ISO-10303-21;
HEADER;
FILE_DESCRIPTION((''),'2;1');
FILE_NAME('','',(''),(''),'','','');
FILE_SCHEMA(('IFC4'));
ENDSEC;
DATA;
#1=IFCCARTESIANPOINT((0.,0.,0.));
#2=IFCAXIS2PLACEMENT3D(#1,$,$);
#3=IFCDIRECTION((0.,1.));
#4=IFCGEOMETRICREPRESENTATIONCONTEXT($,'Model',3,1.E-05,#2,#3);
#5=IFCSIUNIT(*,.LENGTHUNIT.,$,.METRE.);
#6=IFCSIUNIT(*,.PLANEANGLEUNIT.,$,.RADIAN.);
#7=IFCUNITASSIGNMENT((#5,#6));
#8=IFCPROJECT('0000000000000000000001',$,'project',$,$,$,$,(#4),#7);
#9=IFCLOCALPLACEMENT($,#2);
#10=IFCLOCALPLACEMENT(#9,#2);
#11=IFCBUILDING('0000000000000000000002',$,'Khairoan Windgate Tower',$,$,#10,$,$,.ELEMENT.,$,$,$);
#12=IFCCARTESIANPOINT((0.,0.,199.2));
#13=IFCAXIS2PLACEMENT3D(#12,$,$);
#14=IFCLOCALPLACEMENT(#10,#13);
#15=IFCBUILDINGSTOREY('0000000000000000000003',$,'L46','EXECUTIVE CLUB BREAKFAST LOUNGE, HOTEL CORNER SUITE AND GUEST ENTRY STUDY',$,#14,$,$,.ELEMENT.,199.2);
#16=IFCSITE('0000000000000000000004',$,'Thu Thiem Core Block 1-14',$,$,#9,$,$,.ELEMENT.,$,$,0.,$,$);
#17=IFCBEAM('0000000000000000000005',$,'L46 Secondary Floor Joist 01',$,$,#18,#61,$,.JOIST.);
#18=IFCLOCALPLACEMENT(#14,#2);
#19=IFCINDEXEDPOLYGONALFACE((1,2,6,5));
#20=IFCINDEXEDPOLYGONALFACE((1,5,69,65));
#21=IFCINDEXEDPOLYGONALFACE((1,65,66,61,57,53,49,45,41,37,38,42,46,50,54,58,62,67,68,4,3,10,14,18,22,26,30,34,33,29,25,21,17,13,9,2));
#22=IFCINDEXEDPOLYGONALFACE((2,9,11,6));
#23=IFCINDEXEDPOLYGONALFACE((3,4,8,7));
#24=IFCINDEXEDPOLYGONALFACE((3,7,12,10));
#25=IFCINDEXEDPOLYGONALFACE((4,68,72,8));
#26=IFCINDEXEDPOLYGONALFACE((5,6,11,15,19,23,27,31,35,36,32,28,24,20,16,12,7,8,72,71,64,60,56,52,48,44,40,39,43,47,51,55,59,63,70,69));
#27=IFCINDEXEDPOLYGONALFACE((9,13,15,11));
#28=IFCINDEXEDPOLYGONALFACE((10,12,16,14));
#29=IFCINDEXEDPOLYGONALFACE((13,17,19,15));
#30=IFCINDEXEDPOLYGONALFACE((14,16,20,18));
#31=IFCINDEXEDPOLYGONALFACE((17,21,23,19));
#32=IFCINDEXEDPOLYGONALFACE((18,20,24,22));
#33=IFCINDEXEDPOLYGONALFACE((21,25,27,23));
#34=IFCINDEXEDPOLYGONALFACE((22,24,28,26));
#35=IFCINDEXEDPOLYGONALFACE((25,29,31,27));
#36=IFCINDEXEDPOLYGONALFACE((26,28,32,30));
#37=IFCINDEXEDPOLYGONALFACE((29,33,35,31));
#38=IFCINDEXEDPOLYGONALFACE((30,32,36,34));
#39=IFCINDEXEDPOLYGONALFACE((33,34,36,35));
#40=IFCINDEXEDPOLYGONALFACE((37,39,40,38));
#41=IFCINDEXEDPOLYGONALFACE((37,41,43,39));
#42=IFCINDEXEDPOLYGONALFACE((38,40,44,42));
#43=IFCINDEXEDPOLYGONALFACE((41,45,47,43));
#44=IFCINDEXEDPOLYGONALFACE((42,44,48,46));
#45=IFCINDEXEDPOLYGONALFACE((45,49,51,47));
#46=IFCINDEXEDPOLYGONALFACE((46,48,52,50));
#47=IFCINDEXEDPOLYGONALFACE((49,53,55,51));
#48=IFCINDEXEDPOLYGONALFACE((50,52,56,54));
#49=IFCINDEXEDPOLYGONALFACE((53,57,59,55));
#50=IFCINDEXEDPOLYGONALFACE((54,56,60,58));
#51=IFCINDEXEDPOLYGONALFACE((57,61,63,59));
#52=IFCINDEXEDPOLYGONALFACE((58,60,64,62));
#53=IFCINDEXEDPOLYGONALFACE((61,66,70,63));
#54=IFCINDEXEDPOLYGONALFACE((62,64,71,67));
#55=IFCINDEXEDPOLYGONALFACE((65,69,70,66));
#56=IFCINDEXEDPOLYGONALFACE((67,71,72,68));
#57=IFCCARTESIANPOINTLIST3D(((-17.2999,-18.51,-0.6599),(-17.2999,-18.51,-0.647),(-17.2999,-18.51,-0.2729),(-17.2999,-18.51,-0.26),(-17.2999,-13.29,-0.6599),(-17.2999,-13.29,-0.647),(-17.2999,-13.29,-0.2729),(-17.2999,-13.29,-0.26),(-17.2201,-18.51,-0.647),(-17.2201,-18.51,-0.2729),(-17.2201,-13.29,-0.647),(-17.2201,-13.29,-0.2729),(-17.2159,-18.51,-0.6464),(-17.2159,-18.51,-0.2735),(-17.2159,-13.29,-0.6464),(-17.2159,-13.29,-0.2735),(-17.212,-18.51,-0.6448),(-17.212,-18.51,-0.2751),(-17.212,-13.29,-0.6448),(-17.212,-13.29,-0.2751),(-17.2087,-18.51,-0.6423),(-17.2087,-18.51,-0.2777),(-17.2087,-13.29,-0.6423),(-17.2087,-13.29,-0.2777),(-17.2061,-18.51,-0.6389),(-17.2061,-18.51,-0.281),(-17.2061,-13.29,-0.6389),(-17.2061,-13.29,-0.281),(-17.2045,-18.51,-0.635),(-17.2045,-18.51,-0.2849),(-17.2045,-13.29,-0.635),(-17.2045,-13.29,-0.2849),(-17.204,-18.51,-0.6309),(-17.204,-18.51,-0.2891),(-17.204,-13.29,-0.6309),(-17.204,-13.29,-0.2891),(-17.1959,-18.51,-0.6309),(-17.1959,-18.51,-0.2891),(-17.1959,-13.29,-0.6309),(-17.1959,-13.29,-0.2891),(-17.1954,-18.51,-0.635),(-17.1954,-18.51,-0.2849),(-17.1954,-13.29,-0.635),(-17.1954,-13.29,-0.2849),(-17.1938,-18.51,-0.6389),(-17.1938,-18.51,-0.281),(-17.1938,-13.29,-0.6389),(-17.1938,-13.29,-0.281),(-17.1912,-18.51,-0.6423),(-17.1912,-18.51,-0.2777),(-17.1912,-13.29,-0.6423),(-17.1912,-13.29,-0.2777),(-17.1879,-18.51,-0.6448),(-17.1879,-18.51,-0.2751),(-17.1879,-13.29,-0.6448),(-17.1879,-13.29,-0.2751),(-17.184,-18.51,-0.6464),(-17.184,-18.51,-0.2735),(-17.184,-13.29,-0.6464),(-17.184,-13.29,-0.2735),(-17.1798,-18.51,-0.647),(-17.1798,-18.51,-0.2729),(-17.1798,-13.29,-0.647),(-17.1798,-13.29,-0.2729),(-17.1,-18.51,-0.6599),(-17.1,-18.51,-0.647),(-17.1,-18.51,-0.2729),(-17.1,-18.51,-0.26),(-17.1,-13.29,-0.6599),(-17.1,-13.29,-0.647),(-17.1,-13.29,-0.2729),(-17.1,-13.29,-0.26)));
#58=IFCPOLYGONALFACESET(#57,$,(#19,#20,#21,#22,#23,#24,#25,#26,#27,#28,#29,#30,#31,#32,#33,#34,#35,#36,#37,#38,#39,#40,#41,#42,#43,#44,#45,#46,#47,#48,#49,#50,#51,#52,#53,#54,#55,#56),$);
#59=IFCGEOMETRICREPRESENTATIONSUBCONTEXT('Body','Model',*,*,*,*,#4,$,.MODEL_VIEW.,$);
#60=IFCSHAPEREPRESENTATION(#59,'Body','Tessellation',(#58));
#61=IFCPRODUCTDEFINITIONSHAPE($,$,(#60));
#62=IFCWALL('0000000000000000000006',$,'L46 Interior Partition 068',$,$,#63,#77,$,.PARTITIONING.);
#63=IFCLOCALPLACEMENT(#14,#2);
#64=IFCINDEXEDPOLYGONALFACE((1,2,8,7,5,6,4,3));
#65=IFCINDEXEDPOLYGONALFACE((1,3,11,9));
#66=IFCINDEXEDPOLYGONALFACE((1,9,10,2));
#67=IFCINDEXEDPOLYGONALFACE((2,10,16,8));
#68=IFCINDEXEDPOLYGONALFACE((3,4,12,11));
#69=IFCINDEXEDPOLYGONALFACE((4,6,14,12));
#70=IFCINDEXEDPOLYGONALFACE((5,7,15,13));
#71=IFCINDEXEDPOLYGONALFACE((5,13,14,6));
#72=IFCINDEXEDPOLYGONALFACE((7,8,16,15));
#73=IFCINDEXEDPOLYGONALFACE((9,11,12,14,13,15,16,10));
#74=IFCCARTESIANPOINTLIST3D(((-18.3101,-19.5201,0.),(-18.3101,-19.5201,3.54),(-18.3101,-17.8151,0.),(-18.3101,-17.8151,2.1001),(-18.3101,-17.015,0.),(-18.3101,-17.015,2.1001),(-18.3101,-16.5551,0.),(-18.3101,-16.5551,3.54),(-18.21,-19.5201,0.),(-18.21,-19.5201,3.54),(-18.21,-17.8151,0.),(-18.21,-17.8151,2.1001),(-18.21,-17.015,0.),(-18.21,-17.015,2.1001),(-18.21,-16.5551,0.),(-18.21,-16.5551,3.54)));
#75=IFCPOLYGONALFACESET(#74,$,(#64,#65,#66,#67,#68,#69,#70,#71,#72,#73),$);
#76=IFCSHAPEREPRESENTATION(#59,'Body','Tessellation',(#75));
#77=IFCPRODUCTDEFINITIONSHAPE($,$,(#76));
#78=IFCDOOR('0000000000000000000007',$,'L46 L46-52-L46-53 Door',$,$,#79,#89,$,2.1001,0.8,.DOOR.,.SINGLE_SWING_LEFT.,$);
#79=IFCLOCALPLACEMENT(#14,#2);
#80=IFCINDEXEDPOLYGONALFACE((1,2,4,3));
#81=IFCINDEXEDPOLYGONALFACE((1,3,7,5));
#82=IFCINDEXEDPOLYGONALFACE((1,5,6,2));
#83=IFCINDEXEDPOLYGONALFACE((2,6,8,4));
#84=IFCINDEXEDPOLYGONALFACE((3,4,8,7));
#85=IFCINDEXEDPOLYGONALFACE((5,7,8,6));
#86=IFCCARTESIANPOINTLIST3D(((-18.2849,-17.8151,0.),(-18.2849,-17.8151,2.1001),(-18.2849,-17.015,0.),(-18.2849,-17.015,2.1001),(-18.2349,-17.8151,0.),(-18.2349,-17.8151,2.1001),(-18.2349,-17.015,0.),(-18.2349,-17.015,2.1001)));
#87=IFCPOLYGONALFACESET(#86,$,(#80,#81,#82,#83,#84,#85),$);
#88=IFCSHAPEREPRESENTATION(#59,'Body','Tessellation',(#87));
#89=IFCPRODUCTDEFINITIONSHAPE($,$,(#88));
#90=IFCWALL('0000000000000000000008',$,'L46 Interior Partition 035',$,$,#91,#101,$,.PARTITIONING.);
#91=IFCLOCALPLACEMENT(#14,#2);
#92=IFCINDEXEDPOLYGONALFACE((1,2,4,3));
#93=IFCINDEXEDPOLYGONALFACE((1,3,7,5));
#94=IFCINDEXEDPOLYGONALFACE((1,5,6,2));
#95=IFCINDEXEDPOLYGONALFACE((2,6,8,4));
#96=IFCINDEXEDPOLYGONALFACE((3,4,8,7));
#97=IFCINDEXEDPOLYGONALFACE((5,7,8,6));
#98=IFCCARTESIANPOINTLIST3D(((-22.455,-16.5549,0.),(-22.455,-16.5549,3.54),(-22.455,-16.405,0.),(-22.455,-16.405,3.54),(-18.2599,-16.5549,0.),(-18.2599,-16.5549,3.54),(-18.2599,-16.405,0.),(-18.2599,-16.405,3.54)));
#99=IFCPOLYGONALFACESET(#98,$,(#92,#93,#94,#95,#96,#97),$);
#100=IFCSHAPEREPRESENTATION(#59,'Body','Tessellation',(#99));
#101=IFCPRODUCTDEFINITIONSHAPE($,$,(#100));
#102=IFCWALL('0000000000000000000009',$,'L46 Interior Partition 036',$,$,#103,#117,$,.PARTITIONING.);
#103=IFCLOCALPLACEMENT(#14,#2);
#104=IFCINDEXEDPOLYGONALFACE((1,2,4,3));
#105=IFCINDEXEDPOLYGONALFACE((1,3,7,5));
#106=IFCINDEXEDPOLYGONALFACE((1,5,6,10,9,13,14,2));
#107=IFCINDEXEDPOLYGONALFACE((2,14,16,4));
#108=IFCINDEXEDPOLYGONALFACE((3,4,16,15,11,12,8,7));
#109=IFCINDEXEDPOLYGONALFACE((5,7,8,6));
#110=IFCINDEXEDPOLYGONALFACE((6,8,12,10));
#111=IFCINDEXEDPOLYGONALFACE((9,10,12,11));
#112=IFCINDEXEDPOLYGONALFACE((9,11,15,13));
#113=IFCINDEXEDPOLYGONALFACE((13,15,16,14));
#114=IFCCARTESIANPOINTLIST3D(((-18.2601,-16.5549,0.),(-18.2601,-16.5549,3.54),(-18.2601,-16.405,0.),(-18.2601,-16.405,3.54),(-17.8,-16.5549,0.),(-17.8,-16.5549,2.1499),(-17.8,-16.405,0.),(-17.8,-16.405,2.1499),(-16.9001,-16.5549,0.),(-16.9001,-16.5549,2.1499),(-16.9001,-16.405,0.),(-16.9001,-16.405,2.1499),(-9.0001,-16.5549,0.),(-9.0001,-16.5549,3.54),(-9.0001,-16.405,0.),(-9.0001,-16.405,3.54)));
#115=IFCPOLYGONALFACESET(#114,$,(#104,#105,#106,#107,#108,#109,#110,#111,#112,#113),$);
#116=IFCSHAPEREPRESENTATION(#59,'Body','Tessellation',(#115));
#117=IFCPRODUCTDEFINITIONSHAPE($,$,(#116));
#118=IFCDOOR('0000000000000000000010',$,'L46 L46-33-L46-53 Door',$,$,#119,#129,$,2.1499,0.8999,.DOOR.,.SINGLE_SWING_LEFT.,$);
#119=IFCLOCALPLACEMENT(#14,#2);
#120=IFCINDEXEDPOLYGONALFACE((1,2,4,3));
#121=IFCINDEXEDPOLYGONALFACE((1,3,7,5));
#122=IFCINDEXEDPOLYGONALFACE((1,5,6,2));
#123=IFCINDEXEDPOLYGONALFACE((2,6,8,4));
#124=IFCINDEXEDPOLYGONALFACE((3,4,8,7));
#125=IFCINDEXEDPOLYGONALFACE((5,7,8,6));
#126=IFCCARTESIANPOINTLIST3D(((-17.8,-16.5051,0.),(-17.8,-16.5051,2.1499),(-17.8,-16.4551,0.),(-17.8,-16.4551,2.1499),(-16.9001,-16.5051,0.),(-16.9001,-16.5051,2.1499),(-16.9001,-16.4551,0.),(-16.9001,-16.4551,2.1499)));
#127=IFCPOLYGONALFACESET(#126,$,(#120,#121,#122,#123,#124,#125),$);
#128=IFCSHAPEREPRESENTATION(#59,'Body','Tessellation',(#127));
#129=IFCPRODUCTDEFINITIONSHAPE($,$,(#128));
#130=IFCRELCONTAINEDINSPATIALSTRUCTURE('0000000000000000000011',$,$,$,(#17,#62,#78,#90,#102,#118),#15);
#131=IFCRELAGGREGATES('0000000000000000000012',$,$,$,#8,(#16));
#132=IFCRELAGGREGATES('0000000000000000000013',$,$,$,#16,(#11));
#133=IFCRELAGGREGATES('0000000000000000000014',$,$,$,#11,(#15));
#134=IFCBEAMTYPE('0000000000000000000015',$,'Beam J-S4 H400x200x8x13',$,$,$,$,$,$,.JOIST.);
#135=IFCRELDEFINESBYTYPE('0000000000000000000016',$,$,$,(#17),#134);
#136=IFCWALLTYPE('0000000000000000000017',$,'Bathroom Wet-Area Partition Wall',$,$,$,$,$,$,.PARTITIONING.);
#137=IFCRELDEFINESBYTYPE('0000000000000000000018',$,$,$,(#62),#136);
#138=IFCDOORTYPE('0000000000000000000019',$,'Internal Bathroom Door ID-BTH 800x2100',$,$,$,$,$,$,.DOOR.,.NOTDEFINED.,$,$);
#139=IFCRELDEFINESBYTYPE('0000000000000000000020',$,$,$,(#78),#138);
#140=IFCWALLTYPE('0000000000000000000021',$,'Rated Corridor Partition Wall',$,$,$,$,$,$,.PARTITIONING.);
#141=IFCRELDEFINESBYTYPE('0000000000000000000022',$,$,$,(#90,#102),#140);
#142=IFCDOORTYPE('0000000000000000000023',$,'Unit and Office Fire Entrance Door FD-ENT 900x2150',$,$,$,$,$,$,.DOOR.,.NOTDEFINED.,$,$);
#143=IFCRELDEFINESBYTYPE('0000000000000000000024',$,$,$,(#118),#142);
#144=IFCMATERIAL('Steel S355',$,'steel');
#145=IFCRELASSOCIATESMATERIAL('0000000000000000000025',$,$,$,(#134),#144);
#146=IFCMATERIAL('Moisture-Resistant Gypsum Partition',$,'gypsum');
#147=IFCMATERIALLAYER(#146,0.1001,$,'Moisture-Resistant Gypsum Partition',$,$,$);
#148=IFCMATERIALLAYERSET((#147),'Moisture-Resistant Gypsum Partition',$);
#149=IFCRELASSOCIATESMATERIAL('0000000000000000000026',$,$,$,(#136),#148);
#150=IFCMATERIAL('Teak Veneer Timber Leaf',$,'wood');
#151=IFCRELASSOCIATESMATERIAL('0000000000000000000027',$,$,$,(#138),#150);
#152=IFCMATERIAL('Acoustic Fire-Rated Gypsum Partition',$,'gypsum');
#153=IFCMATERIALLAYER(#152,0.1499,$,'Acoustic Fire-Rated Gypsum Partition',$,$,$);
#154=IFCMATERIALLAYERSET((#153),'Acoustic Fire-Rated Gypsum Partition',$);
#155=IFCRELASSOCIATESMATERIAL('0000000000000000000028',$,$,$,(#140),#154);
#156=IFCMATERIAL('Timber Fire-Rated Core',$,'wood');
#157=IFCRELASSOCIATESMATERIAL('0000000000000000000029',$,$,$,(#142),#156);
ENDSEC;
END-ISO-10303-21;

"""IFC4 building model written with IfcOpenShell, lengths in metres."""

from ifc_helpers import new_model, si_unit, direction, frame, frame_2d, origin, origin_2d, place, context, subcontext, project, spatial, rectangle, i_section, extrude, material, layer, layer_set, material_profile, profile_set, type_object, element, fill, save


model = new_model("IFC4")

# Units and contexts
model_context = context("Model", 3, precision=1e-05, world=origin(), true_north=direction((0.0, 1.0)))
body_context = subcontext(model_context, "Body", "Model", "MODEL_VIEW")
ifc_project = project(units=[si_unit("LENGTHUNIT", "METRE"), si_unit("PLANEANGLEUNIT", "RADIAN")], contexts=[model_context])

# Site, building, storey
site_placement = place(None, origin())
site = spatial("IfcSite", under=ifc_project, at=site_placement, Name="Thu Thiem Core Block 1-14", CompositionType="ELEMENT", RefElevation=0.0)
building_placement = place(site_placement, origin())
building = spatial("IfcBuilding", under=site, at=building_placement, Name="Khairoan Windgate Tower", CompositionType="ELEMENT")
storey_placement = place(building_placement, frame((0.0, 0.0, 199.2)))
storey = spatial("IfcBuildingStorey", under=building, at=storey_placement, Name="L46", Description="EXECUTIVE CLUB BREAKFAST LOUNGE, HOTEL CORNER SUITE AND GUEST ENTRY STUDY", CompositionType="ELEMENT", Elevation=199.2)

# Beam
ifc_material_1 = material(Name="Steel S355", Category="steel")
ifc_material_profile_1 = material_profile(ifc_material_1, i_section(OverallWidth=0.2, OverallDepth=0.3999, WebThickness=0.0081, FlangeThickness=0.0129, FilletRadius=0.0161, at=origin_2d()))
ifc_profile_set_1 = profile_set([ifc_material_profile_1], Name="Steel S355")
beam_type_1 = type_object("IfcBeamType", Name="Beam J-S4 H400x200x8x13", PredefinedType="JOIST", material=ifc_profile_set_1)
beam_1_placement = place(storey_placement, frame((-17.2, -18.51, -0.46), z_axis=(0.0, 1.0, 0.0), x_axis=(-1.0, 0.0, 0.0)))
element("IfcBeam", 1, at=beam_1_placement, inside=storey, type_object=beam_type_1, Name="L46 Secondary Floor Joist 01", PredefinedType="JOIST", context=body_context, shape_type="SweptSolid", body=[
    extrude(i_section(OverallWidth=0.2, OverallDepth=0.3999, WebThickness=0.0081, FlangeThickness=0.0129, FilletRadius=0.0161, at=origin_2d()), origin(), (0.0, 0.0, 1.0), 5.22),
])

# Wall, opening, door
ifc_material_2 = material(Name="Moisture-Resistant Gypsum Partition", Category="gypsum")
ifc_layer_1 = layer(ifc_material_2, 0.1001, Name="Moisture-Resistant Gypsum Partition")
ifc_layer_set_1 = layer_set([ifc_layer_1], Name="Moisture-Resistant Gypsum Partition")
wall_type_1 = type_object("IfcWallType", Name="Bathroom Wet-Area Partition Wall", PredefinedType="PARTITIONING", material=ifc_layer_set_1)
wall_1_placement = place(storey_placement, frame((-18.26, -19.52, 0.0), z_axis=(0.0, 0.0, 1.0), x_axis=(0.0, 1.0, 0.0)))
wall_1 = element("IfcWall", 2, at=wall_1_placement, inside=storey, type_object=wall_type_1, Name="L46 Interior Partition 068", PredefinedType="PARTITIONING", context=body_context, shape_type="SweptSolid", body=[
    extrude(rectangle(XDim=2.9651, YDim=0.1001, at=frame_2d((1.4824, 0.0))), origin(), (0.0, 0.0, 1.0), 3.54),
])
opening_1_placement = place(wall_1_placement, frame((1.7051, 0.0, 0.0)))
opening_1 = element("IfcOpeningElement", 3, at=opening_1_placement, cuts=wall_1, PredefinedType="OPENING", context=body_context, shape_type="SweptSolid", body=[
    extrude(rectangle(XDim=0.8, YDim=2.1001, at=frame_2d((0.3999, 1.05))), frame((0.0, 0.0601, 0.0), z_axis=(0.0, -1.0, 0.0), x_axis=(1.0, 0.0, 0.0)), (0.0, 0.0, 1.0), 0.1201),
])
ifc_material_3 = material(Name="Teak Veneer Timber Leaf", Category="wood")
door_type_1 = type_object("IfcDoorType", Name="Internal Bathroom Door ID-BTH 800x2100", OperationType="NOTDEFINED", PredefinedType="DOOR", material=ifc_material_3)
door_1_placement = place(opening_1_placement, origin())
door_1 = element("IfcDoor", 4, at=door_1_placement, inside=storey, type_object=door_type_1, Name="L46 L46-52-L46-53 Door", OperationType="SINGLE_SWING_LEFT", OverallHeight=2.1001, OverallWidth=0.8, PredefinedType="DOOR", context=body_context, shape_type="SweptSolid", body=[
    extrude(rectangle(XDim=0.8, YDim=2.1001, at=frame_2d((0.3999, 1.05))), frame((0.0, 0.0249, 0.0), z_axis=(0.0, -1.0, 0.0), x_axis=(1.0, 0.0, 0.0)), (0.0, 0.0, 1.0), 0.05),
])
fill(opening_1, door_1)

# Wall
ifc_material_4 = material(Name="Acoustic Fire-Rated Gypsum Partition", Category="gypsum")
ifc_layer_2 = layer(ifc_material_4, 0.1499, Name="Acoustic Fire-Rated Gypsum Partition")
ifc_layer_set_2 = layer_set([ifc_layer_2], Name="Acoustic Fire-Rated Gypsum Partition")
wall_type_2 = type_object("IfcWallType", Name="Rated Corridor Partition Wall", PredefinedType="PARTITIONING", material=ifc_layer_set_2)
wall_2_placement = place(storey_placement, frame((-22.4551, -16.48, 0.0), z_axis=(0.0, 0.0, 1.0), x_axis=(1.0, 0.0, 0.0)))
element("IfcWall", 5, at=wall_2_placement, inside=storey, type_object=wall_type_2, Name="L46 Interior Partition 035", PredefinedType="PARTITIONING", context=body_context, shape_type="SweptSolid", body=[
    extrude(rectangle(XDim=4.1951, YDim=0.1499, at=frame_2d((2.0977, 0.0))), origin(), (0.0, 0.0, 1.0), 3.54),
])

# Wall, opening, door
wall_3_placement = place(storey_placement, frame((-18.26, -16.48, 0.0), z_axis=(0.0, 0.0, 1.0), x_axis=(1.0, 0.0, 0.0)))
wall_3 = element("IfcWall", 6, at=wall_3_placement, inside=storey, type_object=wall_type_2, Name="L46 Interior Partition 036", PredefinedType="PARTITIONING", context=body_context, shape_type="SweptSolid", body=[
    extrude(rectangle(XDim=9.26, YDim=0.1499, at=frame_2d((4.6299, 0.0))), origin(), (0.0, 0.0, 1.0), 3.54),
])
opening_2_placement = place(wall_3_placement, frame((0.46, 0.0, 0.0)))
opening_2 = element("IfcOpeningElement", 7, at=opening_2_placement, cuts=wall_3, PredefinedType="OPENING", context=body_context, shape_type="SweptSolid", body=[
    extrude(rectangle(XDim=0.8999, YDim=2.1499, at=frame_2d((0.45, 1.075))), frame((0.0, 0.085, 0.0), z_axis=(0.0, -1.0, 0.0), x_axis=(1.0, 0.0, 0.0)), (0.0, 0.0, 1.0), 0.1699),
])
ifc_material_5 = material(Name="Timber Fire-Rated Core", Category="wood")
door_type_2 = type_object("IfcDoorType", Name="Unit and Office Fire Entrance Door FD-ENT 900x2150", OperationType="NOTDEFINED", PredefinedType="DOOR", material=ifc_material_5)
door_2_placement = place(opening_2_placement, origin())
door_2 = element("IfcDoor", 8, at=door_2_placement, inside=storey, type_object=door_type_2, Name="L46 L46-33-L46-53 Door", OperationType="SINGLE_SWING_LEFT", OverallHeight=2.1499, OverallWidth=0.8999, PredefinedType="DOOR", context=body_context, shape_type="SweptSolid", body=[
    extrude(rectangle(XDim=0.8999, YDim=2.1499, at=frame_2d((0.45, 1.075))), frame((0.0, 0.0249, 0.0), z_axis=(0.0, -1.0, 0.0), x_axis=(1.0, 0.0, 0.0)), (0.0, 0.0, 1.0), 0.05),
])
fill(opening_2, door_2)

save(model, "model.ifc")
